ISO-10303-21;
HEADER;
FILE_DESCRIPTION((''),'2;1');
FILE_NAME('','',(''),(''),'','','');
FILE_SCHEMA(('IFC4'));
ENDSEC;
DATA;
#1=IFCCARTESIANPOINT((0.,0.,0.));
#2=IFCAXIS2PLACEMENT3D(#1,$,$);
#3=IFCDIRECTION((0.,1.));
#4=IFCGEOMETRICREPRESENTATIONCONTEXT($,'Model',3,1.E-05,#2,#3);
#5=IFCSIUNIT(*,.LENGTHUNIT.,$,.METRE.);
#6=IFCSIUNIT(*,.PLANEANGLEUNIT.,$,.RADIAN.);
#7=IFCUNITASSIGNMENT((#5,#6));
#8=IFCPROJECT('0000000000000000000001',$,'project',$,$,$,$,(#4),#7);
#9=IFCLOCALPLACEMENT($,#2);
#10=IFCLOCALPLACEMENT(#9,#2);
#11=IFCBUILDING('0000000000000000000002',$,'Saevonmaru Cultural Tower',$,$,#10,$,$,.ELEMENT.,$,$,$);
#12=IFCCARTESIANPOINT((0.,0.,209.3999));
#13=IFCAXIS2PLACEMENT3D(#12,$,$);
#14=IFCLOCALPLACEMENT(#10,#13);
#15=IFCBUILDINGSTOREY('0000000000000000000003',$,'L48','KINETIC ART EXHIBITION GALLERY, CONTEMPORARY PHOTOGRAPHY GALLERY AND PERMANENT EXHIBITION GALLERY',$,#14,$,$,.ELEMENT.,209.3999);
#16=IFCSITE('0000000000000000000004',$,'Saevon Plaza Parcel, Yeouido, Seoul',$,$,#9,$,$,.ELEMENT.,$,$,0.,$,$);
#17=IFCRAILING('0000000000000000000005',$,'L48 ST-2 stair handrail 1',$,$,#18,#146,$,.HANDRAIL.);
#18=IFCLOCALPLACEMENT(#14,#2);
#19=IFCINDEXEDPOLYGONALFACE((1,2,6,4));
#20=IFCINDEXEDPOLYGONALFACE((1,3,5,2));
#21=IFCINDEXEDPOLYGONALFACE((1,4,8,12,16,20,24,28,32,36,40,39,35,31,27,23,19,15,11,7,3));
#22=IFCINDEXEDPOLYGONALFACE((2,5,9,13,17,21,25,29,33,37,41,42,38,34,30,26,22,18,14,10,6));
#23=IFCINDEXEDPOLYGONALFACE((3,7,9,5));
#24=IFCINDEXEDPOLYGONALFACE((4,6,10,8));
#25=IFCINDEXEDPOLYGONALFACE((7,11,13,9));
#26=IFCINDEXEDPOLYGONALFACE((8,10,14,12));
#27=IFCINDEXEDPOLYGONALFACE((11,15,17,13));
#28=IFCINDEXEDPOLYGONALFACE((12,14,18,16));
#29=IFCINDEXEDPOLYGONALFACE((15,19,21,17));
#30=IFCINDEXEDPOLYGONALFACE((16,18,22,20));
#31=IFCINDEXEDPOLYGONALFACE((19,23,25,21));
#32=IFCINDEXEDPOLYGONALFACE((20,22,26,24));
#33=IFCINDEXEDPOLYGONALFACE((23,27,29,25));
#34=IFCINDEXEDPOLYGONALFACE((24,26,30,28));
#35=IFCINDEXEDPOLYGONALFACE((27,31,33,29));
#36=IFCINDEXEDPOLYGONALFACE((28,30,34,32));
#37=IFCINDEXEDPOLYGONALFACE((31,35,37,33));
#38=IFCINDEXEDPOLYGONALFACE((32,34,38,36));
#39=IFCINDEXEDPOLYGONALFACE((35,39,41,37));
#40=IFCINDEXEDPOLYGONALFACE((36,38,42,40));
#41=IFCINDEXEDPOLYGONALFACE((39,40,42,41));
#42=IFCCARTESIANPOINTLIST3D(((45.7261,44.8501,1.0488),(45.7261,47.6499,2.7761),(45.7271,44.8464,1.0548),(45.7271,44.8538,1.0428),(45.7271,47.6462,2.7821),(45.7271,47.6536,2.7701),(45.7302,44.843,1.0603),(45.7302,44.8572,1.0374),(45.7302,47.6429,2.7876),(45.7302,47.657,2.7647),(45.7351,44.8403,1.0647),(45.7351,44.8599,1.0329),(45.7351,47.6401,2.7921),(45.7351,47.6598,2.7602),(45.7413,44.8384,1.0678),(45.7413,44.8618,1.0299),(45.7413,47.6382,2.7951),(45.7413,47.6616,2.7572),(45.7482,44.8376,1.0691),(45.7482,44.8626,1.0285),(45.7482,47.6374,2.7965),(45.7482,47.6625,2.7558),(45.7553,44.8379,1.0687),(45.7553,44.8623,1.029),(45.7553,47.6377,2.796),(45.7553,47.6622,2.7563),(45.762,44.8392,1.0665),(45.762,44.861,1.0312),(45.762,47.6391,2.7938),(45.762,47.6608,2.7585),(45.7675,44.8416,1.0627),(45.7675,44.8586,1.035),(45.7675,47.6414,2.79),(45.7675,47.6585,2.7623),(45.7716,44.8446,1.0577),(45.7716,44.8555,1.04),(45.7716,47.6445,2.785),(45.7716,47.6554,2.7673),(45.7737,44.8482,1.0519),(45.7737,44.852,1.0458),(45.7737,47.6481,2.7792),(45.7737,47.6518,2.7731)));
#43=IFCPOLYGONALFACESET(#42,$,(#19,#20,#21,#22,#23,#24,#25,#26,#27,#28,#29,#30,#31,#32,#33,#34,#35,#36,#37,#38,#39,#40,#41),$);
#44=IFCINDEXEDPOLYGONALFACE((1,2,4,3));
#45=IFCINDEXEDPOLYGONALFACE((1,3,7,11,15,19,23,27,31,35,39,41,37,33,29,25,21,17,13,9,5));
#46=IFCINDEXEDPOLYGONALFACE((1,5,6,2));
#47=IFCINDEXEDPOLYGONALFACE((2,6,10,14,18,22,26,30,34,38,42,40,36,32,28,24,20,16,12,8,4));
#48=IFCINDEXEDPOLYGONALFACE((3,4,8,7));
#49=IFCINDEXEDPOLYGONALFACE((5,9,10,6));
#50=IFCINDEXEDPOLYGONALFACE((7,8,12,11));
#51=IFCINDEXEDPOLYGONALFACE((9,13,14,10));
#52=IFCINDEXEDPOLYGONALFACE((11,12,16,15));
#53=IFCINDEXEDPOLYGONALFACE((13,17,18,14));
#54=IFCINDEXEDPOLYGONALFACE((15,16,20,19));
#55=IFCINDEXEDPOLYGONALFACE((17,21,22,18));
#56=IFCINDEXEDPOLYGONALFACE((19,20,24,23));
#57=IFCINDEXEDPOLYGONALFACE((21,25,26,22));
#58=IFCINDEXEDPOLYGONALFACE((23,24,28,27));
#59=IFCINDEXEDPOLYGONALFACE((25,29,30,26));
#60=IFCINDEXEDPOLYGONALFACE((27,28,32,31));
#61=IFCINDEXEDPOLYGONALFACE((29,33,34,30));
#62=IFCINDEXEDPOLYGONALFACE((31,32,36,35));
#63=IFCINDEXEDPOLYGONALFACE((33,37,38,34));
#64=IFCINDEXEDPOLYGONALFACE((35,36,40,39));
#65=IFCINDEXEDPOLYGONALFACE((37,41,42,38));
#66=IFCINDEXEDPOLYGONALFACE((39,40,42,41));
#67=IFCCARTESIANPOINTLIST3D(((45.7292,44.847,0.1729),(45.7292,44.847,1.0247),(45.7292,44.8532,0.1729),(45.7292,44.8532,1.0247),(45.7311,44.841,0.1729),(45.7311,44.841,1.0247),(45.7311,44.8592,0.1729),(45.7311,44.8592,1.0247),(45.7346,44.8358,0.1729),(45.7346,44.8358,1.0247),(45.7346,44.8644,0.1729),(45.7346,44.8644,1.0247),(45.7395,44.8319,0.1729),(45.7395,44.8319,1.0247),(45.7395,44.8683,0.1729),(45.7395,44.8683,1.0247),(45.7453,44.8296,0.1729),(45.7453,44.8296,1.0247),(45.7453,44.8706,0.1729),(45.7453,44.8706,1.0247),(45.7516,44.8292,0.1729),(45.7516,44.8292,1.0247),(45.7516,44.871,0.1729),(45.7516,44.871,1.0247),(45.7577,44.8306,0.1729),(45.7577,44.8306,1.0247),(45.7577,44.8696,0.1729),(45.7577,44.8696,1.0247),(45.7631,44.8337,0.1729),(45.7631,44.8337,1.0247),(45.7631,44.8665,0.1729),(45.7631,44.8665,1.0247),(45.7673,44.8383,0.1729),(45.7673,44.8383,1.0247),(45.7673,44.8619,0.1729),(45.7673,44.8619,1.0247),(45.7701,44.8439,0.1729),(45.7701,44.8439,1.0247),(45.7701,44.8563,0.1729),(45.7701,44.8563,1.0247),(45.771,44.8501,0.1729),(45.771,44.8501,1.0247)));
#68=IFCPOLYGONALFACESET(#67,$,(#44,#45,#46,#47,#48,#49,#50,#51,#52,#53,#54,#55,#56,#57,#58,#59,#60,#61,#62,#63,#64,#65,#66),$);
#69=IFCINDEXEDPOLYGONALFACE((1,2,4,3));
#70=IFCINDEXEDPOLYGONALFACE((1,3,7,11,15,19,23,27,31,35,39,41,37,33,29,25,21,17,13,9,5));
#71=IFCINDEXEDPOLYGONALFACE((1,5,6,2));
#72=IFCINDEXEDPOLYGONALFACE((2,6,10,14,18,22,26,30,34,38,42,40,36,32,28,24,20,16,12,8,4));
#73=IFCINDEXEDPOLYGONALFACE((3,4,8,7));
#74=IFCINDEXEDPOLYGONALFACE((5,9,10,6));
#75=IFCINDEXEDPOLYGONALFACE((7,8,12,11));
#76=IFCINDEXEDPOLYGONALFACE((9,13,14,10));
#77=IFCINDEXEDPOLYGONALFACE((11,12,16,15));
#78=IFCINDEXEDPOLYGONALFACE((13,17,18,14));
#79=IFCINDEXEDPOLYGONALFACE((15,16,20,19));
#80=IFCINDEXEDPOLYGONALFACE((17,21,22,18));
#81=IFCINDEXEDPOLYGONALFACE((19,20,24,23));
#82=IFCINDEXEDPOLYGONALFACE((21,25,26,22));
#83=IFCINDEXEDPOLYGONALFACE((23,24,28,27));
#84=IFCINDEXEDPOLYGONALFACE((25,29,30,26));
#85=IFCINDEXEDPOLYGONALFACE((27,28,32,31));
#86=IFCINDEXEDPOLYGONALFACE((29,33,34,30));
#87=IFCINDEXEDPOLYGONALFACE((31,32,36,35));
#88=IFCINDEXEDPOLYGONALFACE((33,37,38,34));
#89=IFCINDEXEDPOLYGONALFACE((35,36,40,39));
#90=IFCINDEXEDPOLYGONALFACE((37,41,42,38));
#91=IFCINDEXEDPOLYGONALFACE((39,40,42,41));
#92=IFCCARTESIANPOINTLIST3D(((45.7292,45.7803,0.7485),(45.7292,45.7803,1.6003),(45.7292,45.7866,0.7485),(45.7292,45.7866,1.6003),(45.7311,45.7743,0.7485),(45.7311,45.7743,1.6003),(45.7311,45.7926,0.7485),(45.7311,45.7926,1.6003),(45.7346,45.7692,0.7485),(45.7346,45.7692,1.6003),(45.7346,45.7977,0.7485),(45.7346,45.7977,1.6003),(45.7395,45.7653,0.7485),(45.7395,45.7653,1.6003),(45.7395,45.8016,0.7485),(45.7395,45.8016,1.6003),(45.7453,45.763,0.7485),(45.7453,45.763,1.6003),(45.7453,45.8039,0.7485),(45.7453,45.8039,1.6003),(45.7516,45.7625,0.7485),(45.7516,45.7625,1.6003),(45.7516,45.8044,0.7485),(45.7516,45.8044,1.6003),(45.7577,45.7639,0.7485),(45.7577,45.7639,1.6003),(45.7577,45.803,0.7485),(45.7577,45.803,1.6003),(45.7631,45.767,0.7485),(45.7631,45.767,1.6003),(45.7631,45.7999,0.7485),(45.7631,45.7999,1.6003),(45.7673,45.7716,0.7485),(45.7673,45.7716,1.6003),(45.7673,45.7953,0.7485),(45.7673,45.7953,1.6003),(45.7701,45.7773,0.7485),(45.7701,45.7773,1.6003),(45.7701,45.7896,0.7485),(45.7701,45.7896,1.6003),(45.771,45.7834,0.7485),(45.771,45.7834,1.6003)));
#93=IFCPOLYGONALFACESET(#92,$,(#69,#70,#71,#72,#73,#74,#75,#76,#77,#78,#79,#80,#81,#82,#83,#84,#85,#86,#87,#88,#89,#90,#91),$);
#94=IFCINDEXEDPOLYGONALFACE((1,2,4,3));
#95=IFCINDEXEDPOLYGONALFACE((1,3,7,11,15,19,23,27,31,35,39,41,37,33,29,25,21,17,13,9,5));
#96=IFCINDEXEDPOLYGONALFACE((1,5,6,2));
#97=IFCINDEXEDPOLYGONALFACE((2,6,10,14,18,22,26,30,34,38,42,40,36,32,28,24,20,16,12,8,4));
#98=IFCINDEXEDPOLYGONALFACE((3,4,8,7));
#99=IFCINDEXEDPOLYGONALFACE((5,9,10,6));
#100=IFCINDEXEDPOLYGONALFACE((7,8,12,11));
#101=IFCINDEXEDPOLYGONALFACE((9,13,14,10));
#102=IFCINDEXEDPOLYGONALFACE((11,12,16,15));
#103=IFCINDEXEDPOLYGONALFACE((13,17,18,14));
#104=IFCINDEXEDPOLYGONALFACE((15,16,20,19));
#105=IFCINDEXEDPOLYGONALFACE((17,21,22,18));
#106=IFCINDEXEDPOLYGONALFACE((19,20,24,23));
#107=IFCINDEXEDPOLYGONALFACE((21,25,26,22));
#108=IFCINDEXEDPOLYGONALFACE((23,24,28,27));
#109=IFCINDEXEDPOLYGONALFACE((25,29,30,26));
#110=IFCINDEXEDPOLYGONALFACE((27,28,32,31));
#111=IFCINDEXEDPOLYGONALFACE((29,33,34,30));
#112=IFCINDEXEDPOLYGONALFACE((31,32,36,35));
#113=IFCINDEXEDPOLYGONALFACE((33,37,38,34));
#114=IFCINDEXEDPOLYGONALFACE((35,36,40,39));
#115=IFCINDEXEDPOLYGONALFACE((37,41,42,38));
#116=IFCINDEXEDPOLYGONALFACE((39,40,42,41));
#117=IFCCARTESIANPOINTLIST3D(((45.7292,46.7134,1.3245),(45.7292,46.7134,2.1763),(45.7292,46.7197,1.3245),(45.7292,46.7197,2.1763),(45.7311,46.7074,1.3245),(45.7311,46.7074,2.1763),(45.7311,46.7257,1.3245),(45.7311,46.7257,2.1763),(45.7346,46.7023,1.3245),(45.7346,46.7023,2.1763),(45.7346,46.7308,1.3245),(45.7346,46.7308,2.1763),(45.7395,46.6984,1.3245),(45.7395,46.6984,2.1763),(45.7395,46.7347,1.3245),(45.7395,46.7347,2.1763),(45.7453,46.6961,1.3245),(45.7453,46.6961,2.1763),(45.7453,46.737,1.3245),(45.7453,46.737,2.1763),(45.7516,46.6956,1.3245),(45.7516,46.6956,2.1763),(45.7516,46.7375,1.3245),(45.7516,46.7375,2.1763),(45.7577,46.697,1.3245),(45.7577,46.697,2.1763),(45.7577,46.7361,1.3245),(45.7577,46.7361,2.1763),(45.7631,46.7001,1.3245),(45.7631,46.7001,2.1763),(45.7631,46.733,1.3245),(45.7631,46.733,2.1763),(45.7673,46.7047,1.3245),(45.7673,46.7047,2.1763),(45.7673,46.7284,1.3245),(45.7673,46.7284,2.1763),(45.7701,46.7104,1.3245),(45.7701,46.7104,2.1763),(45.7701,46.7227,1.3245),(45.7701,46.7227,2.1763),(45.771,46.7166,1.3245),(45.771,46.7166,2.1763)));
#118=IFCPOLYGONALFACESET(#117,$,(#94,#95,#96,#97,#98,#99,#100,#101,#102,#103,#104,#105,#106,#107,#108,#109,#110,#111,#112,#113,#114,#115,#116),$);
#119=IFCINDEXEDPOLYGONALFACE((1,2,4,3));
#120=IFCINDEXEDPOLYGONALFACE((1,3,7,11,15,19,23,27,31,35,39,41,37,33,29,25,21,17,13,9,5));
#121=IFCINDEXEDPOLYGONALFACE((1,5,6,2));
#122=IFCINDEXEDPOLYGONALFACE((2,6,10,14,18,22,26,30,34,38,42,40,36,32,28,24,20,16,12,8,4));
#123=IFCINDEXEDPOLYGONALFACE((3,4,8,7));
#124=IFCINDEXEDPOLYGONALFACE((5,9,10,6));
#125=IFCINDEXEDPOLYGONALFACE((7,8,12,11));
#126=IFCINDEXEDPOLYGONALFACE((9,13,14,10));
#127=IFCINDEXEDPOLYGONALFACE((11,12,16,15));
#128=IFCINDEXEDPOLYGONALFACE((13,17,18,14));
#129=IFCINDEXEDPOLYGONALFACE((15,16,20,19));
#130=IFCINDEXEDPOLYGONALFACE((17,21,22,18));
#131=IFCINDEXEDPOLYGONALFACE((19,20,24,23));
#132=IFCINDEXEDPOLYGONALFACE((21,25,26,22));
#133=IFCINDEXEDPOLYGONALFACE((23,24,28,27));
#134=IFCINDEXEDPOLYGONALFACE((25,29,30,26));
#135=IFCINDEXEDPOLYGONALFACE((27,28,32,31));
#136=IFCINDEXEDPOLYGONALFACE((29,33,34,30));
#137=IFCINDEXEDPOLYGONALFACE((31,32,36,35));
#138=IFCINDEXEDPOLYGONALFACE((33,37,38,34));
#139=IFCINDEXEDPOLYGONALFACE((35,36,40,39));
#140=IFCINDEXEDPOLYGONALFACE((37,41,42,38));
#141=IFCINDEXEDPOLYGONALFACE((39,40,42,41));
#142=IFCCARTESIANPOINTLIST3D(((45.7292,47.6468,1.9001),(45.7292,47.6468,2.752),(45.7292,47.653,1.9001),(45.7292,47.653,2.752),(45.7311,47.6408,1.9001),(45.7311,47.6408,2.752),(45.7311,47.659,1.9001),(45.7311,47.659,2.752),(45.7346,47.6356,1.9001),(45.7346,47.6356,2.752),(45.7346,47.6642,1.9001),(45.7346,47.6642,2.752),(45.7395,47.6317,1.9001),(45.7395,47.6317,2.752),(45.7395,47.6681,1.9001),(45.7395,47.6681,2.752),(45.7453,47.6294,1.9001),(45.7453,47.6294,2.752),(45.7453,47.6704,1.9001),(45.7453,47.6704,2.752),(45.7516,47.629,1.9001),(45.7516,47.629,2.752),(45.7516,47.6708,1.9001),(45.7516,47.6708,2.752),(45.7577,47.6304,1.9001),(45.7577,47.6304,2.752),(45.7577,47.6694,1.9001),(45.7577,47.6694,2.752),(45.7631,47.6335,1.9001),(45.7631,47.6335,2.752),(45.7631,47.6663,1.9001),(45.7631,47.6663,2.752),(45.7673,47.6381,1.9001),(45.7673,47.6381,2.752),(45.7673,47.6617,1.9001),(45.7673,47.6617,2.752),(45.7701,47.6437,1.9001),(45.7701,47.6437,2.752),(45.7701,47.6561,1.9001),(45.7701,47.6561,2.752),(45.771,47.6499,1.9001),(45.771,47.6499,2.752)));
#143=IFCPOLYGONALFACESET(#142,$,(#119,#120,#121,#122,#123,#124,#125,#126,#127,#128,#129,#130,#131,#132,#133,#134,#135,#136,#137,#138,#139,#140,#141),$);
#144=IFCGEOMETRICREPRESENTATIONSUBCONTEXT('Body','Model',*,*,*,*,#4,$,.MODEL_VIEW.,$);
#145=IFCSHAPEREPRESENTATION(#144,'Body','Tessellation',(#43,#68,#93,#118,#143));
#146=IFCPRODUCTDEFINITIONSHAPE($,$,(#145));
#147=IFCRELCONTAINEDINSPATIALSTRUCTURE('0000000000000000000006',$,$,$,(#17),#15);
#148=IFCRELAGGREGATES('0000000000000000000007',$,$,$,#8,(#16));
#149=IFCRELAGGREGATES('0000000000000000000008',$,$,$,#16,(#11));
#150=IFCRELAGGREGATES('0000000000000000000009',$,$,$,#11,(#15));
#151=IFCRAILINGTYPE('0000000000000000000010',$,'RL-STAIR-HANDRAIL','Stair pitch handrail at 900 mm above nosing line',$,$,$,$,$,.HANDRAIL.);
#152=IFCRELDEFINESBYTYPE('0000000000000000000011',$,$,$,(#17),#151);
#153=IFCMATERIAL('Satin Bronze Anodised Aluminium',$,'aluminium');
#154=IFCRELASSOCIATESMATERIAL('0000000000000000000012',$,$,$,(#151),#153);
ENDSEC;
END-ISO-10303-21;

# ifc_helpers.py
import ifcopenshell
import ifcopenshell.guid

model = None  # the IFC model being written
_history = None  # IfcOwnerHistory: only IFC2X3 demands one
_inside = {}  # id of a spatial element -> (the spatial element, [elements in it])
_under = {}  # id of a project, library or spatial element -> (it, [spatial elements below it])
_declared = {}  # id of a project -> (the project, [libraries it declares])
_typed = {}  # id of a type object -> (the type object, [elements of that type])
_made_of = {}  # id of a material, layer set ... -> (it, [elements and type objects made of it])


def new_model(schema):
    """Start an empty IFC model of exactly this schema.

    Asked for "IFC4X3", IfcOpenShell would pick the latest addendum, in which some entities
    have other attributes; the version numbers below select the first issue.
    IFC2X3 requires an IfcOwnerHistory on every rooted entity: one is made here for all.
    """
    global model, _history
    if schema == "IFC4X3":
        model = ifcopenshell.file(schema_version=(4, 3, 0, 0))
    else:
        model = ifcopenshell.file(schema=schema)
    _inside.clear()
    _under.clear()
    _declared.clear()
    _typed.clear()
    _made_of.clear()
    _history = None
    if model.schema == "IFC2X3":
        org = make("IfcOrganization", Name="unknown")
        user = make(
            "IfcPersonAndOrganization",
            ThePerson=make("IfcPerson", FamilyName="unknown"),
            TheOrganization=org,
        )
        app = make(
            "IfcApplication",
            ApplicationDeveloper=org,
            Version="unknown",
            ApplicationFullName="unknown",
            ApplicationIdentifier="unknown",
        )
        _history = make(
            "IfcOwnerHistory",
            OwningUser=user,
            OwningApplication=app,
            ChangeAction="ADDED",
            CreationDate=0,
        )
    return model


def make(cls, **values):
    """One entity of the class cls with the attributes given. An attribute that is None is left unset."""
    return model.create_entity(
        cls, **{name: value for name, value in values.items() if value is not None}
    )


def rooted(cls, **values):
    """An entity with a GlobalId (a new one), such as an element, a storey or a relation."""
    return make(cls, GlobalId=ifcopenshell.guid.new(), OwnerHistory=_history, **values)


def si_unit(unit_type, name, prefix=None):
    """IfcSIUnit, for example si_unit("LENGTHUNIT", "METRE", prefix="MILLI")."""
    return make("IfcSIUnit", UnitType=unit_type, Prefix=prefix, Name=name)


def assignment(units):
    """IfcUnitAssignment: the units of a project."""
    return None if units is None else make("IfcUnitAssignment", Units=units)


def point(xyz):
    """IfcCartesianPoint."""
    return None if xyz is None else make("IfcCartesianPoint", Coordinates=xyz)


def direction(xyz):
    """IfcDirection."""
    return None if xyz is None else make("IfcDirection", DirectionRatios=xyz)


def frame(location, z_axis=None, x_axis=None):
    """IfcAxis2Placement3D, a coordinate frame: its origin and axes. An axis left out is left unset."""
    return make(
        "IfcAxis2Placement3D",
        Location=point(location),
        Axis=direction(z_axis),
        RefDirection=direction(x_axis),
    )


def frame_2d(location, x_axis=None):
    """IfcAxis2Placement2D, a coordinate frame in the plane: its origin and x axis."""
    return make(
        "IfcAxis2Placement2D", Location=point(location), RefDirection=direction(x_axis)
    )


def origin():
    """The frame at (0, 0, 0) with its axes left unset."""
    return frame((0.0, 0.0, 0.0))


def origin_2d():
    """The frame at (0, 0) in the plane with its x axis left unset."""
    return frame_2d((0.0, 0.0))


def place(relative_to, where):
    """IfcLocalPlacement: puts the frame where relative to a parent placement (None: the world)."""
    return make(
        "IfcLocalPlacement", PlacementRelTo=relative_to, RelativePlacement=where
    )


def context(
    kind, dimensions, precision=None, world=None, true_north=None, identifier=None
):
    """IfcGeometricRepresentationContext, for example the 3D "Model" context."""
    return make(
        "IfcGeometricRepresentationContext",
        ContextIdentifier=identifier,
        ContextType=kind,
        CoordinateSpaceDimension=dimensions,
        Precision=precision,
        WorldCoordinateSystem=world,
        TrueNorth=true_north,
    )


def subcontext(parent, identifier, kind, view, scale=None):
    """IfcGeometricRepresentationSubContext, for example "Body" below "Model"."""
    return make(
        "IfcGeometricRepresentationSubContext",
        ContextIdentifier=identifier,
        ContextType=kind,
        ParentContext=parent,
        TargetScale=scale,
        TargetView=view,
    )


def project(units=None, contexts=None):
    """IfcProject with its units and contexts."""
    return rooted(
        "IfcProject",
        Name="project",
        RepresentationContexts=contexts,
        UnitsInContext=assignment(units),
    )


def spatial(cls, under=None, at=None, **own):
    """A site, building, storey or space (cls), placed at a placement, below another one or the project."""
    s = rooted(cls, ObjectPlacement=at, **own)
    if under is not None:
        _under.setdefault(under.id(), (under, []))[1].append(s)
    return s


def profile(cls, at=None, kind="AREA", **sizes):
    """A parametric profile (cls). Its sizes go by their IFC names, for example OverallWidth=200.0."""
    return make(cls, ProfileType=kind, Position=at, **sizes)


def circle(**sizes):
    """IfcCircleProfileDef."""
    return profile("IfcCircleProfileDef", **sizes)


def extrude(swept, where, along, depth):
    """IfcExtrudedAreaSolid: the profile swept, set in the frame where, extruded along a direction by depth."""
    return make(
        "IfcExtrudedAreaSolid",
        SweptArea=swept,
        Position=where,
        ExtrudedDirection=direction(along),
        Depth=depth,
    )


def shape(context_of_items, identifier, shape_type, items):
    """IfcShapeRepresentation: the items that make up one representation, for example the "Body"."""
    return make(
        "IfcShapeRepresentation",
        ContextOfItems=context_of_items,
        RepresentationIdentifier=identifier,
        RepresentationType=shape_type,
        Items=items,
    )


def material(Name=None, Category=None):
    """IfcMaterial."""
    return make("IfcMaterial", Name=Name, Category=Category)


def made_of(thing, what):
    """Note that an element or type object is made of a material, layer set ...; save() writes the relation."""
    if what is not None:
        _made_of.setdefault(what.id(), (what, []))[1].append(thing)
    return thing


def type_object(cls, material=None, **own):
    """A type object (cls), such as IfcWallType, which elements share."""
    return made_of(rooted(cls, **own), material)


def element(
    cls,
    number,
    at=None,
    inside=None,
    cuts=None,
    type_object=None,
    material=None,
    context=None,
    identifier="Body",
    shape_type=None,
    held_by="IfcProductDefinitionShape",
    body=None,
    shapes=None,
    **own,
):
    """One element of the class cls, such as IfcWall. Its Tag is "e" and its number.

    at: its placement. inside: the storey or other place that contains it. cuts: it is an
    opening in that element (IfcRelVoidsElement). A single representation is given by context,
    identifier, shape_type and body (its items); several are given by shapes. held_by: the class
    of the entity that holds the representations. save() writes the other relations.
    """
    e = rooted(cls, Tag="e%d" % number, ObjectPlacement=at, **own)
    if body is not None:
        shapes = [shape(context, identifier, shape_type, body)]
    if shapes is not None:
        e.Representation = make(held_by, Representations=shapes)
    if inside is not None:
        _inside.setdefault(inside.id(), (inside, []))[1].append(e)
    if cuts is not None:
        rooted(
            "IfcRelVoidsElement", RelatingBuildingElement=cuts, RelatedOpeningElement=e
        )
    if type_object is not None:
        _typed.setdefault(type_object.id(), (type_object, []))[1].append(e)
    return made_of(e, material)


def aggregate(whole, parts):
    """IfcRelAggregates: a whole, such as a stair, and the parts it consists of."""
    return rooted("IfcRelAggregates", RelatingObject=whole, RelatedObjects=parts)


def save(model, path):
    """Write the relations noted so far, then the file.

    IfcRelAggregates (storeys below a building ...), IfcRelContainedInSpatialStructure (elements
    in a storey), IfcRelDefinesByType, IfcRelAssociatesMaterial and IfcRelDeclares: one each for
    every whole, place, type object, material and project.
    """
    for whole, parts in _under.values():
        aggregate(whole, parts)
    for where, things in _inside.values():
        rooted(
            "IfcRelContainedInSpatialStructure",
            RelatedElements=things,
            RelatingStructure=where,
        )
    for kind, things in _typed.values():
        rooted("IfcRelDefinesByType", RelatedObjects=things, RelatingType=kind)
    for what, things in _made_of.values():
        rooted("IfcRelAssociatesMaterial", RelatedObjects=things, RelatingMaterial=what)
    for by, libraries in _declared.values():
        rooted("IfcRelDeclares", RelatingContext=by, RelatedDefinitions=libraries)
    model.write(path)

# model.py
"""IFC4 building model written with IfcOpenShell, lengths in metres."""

from ifc_helpers import new_model, si_unit, direction, frame, origin, origin_2d, place, context, subcontext, project, spatial, circle, extrude, material, type_object, element, save


model = new_model("IFC4")

# Units and contexts
model_context = context("Model", 3, precision=1e-05, world=origin(), true_north=direction((0.0, 1.0)))
body_context = subcontext(model_context, "Body", "Model", "MODEL_VIEW")
ifc_project = project(units=[si_unit("LENGTHUNIT", "METRE"), si_unit("PLANEANGLEUNIT", "RADIAN")], contexts=[model_context])

# Site, building, storey
site_placement = place(None, origin())
site = spatial("IfcSite", under=ifc_project, at=site_placement, Name="Saevon Plaza Parcel, Yeouido, Seoul", CompositionType="ELEMENT", RefElevation=0.0)
building_placement = place(site_placement, origin())
building = spatial("IfcBuilding", under=site, at=building_placement, Name="Saevonmaru Cultural Tower", CompositionType="ELEMENT")
storey_placement = place(building_placement, frame((0.0, 0.0, 209.3999)))
storey = spatial("IfcBuildingStorey", under=building, at=storey_placement, Name="L48", Description="KINETIC ART EXHIBITION GALLERY, CONTEMPORARY PHOTOGRAPHY GALLERY AND PERMANENT EXHIBITION GALLERY", CompositionType="ELEMENT", Elevation=209.3999)

# Shared definitions
ifc_material_1 = material(Name="Satin Bronze Anodised Aluminium", Category="aluminium")

# Railing
railing_type_1 = type_object("IfcRailingType", Name="RL-STAIR-HANDRAIL", Description="Stair pitch handrail at 900 mm above nosing line", PredefinedType="HANDRAIL", material=ifc_material_1)
railing_1_placement = place(storey_placement, frame((45.75, 44.8501, 0.1729)))
element("IfcRailing", 1, at=railing_1_placement, inside=storey, type_object=railing_type_1, Name="L48 ST-2 stair handrail 1", PredefinedType="HANDRAIL", context=body_context, shape_type="SweptSolid", body=[
    extrude(circle(Radius=0.0239, at=origin_2d()), frame((0.0, 0.0, 0.876), z_axis=(0.0, 0.851069, 0.525054), x_axis=(-1.0, 0.0, 0.0)), (0.0, 0.0, 1.0), 3.2898),
    extrude(circle(Radius=0.021, at=origin_2d()), origin(), (0.0, 0.0, 1.0), 0.8518),
    extrude(circle(Radius=0.021, at=origin_2d()), frame((0.0, 0.9333, 0.5757)), (0.0, 0.0, 1.0), 0.8518),
    extrude(circle(Radius=0.021, at=origin_2d()), frame((0.0, 1.8665, 1.1516)), (0.0, 0.0, 1.0), 0.8518),
    extrude(circle(Radius=0.021, at=origin_2d()), frame((0.0, 2.7998, 1.7273)), (0.0, 0.0, 1.0), 0.8518),
])

save(model, "model.ifc")
